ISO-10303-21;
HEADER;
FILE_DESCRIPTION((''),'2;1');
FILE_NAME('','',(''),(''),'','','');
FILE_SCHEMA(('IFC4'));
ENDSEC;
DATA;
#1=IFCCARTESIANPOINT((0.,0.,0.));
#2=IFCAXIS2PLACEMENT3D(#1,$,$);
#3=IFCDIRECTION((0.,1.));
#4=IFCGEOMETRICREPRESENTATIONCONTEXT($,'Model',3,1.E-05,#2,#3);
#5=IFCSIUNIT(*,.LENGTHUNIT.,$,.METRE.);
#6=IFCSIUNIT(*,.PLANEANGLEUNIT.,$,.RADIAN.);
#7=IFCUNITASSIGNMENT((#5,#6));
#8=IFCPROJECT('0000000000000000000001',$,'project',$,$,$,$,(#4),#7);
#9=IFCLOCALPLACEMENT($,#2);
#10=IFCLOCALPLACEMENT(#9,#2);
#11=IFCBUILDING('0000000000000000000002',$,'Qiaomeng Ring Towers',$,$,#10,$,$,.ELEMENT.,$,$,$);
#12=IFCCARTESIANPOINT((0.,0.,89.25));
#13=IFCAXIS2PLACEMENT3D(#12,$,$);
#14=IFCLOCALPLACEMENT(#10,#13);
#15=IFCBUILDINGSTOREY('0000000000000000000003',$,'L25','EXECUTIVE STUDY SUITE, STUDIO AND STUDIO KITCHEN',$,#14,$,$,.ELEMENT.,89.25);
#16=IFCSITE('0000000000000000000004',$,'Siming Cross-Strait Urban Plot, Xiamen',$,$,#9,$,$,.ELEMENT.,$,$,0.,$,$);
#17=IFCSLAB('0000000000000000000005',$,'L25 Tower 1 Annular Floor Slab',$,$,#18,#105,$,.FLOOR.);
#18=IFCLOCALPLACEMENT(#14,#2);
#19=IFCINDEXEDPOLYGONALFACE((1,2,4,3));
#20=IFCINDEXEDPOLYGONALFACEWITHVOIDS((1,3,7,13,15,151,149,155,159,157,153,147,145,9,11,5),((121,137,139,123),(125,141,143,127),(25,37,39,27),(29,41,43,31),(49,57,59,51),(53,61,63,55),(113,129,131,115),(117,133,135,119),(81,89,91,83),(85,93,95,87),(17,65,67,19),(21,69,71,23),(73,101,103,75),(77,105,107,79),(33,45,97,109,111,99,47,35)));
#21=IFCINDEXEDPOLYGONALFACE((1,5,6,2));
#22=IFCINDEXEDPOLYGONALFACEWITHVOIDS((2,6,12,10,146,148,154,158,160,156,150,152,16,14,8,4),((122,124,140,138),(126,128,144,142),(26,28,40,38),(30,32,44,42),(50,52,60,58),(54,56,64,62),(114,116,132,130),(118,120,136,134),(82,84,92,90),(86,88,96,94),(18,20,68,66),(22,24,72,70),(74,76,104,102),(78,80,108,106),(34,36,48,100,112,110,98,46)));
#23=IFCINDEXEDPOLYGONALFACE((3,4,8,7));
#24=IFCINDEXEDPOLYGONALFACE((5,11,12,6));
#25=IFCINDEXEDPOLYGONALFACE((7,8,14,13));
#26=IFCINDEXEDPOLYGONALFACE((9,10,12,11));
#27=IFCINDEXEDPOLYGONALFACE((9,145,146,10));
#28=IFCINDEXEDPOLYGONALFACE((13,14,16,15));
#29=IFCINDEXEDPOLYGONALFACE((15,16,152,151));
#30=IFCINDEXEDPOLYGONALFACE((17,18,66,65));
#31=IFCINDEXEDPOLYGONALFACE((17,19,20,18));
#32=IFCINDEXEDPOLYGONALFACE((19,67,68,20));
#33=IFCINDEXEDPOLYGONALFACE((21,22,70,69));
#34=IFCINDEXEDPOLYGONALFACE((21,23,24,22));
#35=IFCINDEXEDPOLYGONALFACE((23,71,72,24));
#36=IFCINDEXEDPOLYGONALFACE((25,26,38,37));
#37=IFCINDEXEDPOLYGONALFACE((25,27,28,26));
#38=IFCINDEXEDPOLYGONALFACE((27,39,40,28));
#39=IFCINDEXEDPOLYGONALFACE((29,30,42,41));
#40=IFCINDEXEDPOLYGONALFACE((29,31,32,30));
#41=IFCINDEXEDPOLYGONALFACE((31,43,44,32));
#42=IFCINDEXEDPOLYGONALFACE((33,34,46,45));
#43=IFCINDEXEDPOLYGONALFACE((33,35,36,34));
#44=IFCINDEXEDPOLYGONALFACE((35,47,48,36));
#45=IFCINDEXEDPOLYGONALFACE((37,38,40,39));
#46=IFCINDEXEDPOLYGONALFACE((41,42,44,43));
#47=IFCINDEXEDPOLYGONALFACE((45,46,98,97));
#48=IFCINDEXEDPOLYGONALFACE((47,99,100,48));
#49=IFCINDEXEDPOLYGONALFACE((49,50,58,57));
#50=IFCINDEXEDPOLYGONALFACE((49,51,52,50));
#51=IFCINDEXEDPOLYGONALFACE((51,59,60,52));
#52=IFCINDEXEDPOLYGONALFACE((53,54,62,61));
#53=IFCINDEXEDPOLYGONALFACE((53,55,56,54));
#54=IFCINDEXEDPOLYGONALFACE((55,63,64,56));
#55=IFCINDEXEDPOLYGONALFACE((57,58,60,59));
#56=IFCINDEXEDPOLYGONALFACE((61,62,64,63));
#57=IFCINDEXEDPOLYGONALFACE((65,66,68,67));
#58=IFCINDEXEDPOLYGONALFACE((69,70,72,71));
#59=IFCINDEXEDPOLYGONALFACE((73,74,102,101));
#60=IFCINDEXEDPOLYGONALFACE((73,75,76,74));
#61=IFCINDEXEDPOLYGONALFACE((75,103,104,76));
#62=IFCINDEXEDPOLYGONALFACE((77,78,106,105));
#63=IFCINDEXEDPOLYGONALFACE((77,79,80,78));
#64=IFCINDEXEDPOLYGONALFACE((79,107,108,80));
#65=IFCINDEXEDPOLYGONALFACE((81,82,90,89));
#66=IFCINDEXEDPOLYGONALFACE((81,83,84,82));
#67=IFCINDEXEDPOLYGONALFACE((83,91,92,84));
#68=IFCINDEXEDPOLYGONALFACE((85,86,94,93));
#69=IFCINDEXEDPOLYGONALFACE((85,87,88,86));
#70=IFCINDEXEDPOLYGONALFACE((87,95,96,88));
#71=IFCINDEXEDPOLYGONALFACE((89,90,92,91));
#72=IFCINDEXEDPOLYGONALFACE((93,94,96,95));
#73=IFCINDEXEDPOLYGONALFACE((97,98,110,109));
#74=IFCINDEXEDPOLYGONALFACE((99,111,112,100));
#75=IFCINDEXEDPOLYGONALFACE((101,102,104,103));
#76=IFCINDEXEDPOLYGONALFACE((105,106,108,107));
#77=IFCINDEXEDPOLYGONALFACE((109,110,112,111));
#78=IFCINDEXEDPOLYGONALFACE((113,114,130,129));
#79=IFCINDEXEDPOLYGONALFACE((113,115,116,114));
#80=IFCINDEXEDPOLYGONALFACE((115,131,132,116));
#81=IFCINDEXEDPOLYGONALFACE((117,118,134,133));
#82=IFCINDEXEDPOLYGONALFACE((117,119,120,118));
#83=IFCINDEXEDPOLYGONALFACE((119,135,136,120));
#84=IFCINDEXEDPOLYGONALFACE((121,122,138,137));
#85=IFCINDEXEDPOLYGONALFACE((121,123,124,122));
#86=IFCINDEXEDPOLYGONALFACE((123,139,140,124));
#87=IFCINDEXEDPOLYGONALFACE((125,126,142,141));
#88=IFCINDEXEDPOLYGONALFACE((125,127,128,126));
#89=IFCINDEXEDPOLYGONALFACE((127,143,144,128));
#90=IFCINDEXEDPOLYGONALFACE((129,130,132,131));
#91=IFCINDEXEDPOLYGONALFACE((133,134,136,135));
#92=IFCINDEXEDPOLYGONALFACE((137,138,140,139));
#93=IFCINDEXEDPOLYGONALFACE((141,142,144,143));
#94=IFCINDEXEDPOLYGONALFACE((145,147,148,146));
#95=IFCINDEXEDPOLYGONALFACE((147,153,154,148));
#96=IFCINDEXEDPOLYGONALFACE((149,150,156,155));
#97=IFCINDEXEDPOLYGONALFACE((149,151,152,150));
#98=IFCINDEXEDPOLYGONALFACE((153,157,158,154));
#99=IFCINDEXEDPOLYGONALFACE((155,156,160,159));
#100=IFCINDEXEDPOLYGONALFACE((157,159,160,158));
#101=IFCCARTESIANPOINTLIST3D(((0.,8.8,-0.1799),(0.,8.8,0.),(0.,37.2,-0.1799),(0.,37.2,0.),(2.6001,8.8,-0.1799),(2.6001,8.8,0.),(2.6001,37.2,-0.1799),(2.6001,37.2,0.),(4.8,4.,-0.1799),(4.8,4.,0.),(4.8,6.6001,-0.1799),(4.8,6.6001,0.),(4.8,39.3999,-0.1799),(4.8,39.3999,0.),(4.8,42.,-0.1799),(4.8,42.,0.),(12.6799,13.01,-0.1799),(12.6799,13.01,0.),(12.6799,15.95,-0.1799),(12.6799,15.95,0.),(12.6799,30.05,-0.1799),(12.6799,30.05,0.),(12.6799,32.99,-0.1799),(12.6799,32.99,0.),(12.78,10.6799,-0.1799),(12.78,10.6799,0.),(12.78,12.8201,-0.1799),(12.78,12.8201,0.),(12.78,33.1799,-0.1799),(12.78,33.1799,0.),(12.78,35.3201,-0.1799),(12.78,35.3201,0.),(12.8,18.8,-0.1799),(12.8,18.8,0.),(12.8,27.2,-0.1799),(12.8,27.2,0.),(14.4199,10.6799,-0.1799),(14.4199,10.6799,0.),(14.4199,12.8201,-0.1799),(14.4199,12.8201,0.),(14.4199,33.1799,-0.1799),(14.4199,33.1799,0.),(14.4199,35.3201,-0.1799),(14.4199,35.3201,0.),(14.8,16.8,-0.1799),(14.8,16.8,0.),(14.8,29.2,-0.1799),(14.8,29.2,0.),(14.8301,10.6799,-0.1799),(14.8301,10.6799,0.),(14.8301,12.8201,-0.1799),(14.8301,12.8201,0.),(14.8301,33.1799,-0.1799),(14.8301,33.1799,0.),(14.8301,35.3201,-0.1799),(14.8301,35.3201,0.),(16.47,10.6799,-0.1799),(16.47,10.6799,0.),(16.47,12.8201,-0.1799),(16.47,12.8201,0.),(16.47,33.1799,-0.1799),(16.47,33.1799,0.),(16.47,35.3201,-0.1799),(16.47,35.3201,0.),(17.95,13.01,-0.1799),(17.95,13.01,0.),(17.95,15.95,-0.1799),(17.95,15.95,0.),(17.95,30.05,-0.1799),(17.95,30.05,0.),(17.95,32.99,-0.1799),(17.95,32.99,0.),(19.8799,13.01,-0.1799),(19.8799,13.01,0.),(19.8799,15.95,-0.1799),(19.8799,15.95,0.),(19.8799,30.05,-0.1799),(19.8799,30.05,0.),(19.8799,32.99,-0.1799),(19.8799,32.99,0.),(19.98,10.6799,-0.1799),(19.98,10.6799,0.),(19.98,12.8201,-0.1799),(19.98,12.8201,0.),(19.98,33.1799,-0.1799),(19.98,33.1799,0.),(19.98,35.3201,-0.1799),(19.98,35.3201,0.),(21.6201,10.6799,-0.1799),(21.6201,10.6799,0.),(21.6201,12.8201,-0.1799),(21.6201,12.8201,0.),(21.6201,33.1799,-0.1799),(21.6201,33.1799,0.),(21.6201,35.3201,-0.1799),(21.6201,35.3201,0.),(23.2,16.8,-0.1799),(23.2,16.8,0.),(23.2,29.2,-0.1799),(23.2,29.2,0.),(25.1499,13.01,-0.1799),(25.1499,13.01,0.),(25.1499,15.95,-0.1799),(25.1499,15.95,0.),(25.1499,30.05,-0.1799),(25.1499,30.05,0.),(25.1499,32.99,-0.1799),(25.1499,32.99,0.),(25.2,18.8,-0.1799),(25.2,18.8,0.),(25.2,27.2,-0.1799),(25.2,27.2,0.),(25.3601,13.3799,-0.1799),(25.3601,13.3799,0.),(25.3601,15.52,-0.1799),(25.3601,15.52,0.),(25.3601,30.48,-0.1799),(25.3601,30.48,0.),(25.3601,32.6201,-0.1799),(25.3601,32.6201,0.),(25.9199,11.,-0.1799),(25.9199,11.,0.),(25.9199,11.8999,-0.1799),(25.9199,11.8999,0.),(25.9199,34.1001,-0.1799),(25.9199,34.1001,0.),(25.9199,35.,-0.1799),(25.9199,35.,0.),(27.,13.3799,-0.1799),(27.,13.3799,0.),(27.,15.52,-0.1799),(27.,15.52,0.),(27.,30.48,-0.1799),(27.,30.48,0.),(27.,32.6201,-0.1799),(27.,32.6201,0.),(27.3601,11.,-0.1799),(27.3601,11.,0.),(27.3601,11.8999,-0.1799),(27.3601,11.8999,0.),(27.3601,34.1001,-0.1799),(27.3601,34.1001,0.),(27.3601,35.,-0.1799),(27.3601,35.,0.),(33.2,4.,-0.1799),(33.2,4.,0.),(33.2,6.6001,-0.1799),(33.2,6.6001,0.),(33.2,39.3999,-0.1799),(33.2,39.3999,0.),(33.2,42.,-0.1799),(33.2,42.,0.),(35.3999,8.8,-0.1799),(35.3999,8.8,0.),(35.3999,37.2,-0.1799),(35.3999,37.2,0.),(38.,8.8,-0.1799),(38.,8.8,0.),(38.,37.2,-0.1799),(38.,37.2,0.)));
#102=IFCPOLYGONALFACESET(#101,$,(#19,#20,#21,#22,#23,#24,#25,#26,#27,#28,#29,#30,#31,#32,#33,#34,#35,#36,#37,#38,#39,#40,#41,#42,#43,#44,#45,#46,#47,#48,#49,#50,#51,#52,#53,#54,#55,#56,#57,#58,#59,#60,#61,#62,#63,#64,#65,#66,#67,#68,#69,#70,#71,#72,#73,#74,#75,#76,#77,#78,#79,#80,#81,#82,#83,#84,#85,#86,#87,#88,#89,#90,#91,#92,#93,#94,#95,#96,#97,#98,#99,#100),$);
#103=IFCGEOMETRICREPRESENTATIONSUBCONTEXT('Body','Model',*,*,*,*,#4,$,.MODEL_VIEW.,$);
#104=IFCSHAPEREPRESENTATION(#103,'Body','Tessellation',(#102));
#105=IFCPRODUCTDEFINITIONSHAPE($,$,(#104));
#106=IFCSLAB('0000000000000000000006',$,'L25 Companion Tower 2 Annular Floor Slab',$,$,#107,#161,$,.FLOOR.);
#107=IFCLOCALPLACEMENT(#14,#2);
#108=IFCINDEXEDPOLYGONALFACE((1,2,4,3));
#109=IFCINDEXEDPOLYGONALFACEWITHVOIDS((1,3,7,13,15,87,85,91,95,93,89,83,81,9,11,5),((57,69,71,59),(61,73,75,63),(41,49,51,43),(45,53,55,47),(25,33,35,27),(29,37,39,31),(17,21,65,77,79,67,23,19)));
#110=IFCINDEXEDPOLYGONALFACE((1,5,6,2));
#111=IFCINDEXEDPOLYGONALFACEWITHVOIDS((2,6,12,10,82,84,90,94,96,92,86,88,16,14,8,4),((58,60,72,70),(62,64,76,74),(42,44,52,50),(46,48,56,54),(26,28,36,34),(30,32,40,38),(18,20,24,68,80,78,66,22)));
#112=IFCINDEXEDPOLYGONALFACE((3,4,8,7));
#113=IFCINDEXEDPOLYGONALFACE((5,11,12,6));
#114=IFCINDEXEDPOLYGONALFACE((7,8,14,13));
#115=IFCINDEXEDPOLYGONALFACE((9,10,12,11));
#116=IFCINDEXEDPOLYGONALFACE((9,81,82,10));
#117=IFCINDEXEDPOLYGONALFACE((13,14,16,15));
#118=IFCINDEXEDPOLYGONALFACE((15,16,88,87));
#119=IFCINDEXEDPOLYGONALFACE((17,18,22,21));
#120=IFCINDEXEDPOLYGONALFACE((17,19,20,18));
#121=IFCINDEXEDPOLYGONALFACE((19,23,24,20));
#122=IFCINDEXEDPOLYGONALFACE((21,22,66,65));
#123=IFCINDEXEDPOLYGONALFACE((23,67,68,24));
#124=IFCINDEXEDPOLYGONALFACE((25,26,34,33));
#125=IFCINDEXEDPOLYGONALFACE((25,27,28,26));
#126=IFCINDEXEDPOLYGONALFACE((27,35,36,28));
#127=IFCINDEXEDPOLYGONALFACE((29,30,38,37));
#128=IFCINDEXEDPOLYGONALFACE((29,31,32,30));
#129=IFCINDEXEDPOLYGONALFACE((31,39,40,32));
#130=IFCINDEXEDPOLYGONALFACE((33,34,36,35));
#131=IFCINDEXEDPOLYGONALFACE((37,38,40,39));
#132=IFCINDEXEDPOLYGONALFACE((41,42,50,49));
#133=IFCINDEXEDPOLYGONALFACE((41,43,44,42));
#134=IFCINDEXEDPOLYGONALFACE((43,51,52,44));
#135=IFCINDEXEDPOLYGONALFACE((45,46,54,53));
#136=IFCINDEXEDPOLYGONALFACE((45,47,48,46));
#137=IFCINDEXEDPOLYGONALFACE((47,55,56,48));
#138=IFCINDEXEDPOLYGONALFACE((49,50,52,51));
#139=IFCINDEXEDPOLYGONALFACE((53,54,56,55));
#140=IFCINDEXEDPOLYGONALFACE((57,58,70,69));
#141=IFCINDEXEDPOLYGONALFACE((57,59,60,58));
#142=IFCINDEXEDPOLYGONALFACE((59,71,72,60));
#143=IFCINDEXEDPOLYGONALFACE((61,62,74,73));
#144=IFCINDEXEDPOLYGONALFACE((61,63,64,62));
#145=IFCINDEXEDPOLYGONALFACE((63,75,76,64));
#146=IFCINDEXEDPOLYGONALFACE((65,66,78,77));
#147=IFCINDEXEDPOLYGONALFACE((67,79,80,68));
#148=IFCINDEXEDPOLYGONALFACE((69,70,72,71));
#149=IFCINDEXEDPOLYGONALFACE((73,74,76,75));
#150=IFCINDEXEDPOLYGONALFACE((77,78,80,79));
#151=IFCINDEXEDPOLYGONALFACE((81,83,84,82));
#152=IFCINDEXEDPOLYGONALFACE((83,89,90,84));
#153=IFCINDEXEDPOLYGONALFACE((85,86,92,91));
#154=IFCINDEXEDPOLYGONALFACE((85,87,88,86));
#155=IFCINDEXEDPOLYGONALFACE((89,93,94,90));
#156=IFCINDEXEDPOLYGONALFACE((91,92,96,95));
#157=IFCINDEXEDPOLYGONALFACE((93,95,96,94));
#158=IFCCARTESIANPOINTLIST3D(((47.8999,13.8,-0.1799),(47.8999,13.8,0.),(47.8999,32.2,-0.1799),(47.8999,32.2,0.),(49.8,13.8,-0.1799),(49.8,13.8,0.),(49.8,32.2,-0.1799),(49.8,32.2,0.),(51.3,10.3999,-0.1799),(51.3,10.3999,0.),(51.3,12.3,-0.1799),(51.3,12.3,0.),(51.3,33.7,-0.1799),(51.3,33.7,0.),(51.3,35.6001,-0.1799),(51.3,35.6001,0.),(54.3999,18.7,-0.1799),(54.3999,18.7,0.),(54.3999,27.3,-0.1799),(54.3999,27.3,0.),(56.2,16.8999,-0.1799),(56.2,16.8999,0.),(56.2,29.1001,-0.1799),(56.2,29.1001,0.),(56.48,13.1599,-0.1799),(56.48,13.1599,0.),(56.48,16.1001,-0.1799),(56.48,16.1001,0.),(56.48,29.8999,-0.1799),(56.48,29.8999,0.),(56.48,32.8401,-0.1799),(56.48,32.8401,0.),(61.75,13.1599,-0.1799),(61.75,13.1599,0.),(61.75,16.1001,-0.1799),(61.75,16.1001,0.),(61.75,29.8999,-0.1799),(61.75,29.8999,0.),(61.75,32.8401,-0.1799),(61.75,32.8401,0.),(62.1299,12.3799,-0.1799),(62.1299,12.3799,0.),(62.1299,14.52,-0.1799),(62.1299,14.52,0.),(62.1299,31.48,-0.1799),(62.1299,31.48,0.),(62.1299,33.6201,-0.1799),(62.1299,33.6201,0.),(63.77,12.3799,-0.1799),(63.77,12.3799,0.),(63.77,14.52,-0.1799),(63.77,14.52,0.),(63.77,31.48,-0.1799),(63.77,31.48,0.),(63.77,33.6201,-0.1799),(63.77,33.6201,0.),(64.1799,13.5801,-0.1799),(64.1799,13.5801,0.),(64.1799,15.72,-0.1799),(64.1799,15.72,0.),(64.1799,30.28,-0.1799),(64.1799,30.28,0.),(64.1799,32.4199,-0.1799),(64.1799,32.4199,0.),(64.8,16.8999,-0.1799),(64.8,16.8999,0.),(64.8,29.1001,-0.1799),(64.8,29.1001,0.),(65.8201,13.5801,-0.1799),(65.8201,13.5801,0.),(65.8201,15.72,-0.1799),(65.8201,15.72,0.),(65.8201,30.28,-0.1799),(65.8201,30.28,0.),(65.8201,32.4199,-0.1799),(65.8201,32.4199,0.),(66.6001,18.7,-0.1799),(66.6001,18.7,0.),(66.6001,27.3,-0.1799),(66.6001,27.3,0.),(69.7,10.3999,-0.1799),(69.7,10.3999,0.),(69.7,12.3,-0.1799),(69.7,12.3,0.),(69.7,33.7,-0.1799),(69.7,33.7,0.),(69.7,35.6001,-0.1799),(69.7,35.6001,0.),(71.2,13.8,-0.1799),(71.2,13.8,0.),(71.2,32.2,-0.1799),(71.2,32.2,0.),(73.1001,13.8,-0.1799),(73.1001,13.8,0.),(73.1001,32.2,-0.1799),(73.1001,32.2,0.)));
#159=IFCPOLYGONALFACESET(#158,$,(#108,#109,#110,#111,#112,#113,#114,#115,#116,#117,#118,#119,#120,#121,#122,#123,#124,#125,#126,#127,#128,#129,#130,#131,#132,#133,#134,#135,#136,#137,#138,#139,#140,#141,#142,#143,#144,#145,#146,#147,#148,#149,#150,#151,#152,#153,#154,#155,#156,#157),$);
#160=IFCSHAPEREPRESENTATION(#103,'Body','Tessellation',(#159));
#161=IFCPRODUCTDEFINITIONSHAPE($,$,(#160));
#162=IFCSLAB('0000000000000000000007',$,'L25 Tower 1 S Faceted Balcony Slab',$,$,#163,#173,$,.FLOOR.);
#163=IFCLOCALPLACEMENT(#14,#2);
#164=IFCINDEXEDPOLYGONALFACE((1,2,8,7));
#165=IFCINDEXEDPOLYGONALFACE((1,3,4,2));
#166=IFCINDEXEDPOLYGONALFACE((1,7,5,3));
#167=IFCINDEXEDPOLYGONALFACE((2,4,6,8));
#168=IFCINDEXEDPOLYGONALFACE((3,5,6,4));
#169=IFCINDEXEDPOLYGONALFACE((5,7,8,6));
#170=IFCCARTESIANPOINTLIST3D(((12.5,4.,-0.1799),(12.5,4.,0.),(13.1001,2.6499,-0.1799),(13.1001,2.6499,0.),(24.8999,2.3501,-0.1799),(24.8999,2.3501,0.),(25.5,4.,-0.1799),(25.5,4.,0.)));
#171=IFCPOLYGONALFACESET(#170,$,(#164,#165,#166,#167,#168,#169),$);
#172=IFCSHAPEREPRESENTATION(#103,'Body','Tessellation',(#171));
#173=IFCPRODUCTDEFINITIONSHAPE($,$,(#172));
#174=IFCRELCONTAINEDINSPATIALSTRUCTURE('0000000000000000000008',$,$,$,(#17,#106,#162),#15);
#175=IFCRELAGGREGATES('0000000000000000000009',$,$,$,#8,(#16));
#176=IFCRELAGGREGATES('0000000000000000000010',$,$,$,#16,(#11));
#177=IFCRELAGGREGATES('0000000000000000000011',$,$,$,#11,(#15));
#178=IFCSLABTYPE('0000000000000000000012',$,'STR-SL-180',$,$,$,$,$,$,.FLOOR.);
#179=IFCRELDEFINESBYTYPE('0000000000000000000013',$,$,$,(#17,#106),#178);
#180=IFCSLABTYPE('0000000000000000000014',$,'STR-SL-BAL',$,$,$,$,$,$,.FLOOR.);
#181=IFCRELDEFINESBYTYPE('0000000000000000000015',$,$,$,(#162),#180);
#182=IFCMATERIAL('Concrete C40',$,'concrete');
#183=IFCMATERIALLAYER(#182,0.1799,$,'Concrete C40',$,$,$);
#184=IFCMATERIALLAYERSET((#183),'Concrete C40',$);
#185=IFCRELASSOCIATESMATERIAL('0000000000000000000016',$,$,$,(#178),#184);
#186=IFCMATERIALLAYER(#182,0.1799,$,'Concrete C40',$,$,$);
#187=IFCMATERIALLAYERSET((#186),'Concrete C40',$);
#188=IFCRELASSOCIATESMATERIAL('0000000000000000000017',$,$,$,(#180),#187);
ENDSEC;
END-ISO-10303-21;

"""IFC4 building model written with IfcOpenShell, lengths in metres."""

from ifc_helpers import new_model, si_unit, direction, frame, origin, place, context, subcontext, project, spatial, polyline, outline, extrude, material, layer, layer_set, type_object, element, save


model = new_model("IFC4")

# Units and contexts
model_context = context("Model", 3, precision=1e-05, world=origin(), true_north=direction((0.0, 1.0)))
body_context = subcontext(model_context, "Body", "Model", "MODEL_VIEW")
ifc_project = project(units=[si_unit("LENGTHUNIT", "METRE"), si_unit("PLANEANGLEUNIT", "RADIAN")], contexts=[model_context])

# Site, building, storey
site_placement = place(None, origin())
site = spatial("IfcSite", under=ifc_project, at=site_placement, Name="Siming Cross-Strait Urban Plot, Xiamen", CompositionType="ELEMENT", RefElevation=0.0)
building_placement = place(site_placement, origin())
building = spatial("IfcBuilding", under=site, at=building_placement, Name="Qiaomeng Ring Towers", CompositionType="ELEMENT")
storey_placement = place(building_placement, frame((0.0, 0.0, 89.25)))
storey = spatial("IfcBuildingStorey", under=building, at=storey_placement, Name="L25", Description="EXECUTIVE STUDY SUITE, STUDIO AND STUDIO KITCHEN", CompositionType="ELEMENT", Elevation=89.25)

# Slabs
ifc_material_1 = material(Name="Concrete C40", Category="concrete")
ifc_layer_1 = layer(ifc_material_1, 0.1799, Name="Concrete C40")
ifc_layer_set_1 = layer_set([ifc_layer_1], Name="Concrete C40")
slab_type_1 = type_object("IfcSlabType", Name="STR-SL-180", PredefinedType="FLOOR", material=ifc_layer_set_1)
slab_1_placement = place(storey_placement, frame((0.0, 0.0, -0.1799)))
element("IfcSlab", 1, at=slab_1_placement, inside=storey, type_object=slab_type_1, Name="L25 Tower 1 Annular Floor Slab", PredefinedType="FLOOR", context=body_context, shape_type="SweptSolid", body=[
    extrude(outline(polyline([(4.8, 4.0), (33.2, 4.0), (33.2, 6.6001), (35.3999, 8.8), (38.0, 8.8), (38.0, 37.2), (35.3999, 37.2), (33.2, 39.3999), (33.2, 42.0), (4.8, 42.0), (4.8, 39.3999), (2.6001, 37.2), (0.0, 37.2), (0.0, 8.8), (2.6001, 8.8), (4.8, 6.6001), (4.8, 4.0)]), holes=[polyline([(12.78, 10.6799), (12.78, 12.8201), (14.4199, 12.8201), (14.4199, 10.6799), (12.78, 10.6799)]), polyline([(14.8301, 12.8201), (16.47, 12.8201), (16.47, 10.6799), (14.8301, 10.6799), (14.8301, 12.8201)]), polyline([(12.6799, 15.95), (17.95, 15.95), (17.95, 13.01), (12.6799, 13.01), (12.6799, 15.95)]), polyline([(25.2, 27.2), (25.2, 18.8), (23.2, 16.8), (14.8, 16.8), (12.8, 18.8), (12.8, 27.2), (14.8, 29.2), (23.2, 29.2), (25.2, 27.2)]), polyline([(12.6799, 32.99), (17.95, 32.99), (17.95, 30.05), (12.6799, 30.05), (12.6799, 32.99)]), polyline([(12.78, 35.3201), (14.4199, 35.3201), (14.4199, 33.1799), (12.78, 33.1799), (12.78, 35.3201)]), polyline([(14.8301, 35.3201), (16.47, 35.3201), (16.47, 33.1799), (14.8301, 33.1799), (14.8301, 35.3201)]), polyline([(19.98, 35.3201), (21.6201, 35.3201), (21.6201, 33.1799), (19.98, 33.1799), (19.98, 35.3201)]), polyline([(25.9199, 11.8999), (27.3601, 11.8999), (27.3601, 11.0), (25.9199, 11.0), (25.9199, 11.8999)]), polyline([(19.98, 12.8201), (21.6201, 12.8201), (21.6201, 10.6799), (19.98, 10.6799), (19.98, 12.8201)]), polyline([(25.3601, 15.52), (27.0, 15.52), (27.0, 13.3799), (25.3601, 13.3799), (25.3601, 15.52)]), polyline([(19.8799, 15.95), (25.1499, 15.95), (25.1499, 13.01), (19.8799, 13.01), (19.8799, 15.95)]), polyline([(19.8799, 32.99), (25.1499, 32.99), (25.1499, 30.05), (19.8799, 30.05), (19.8799, 32.99)]), polyline([(25.3601, 32.6201), (27.0, 32.6201), (27.0, 30.48), (25.3601, 30.48), (25.3601, 32.6201)]), polyline([(25.9199, 35.0), (27.3601, 35.0), (27.3601, 34.1001), (25.9199, 34.1001), (25.9199, 35.0)])]), origin(), (0.0, 0.0, 1.0), 0.1799),
])
slab_2_placement = place(storey_placement, frame((0.0, 0.0, -0.1799)))
element("IfcSlab", 2, at=slab_2_placement, inside=storey, type_object=slab_type_1, Name="L25 Companion Tower 2 Annular Floor Slab", PredefinedType="FLOOR", context=body_context, shape_type="SweptSolid", body=[
    extrude(outline(polyline([(51.3, 10.3999), (69.7, 10.3999), (69.7, 12.3), (71.2, 13.8), (73.1001, 13.8), (73.1001, 32.2), (71.2, 32.2), (69.7, 33.7), (69.7, 35.6001), (51.3, 35.6001), (51.3, 33.7), (49.8, 32.2), (47.8999, 32.2), (47.8999, 13.8), (49.8, 13.8), (51.3, 12.3), (51.3, 10.3999)]), holes=[polyline([(62.1299, 12.3799), (62.1299, 14.52), (63.77, 14.52), (63.77, 12.3799), (62.1299, 12.3799)]), polyline([(56.48, 13.1599), (56.48, 16.1001), (61.75, 16.1001), (61.75, 13.1599), (56.48, 13.1599)]), polyline([(64.1799, 13.5801), (64.1799, 15.72), (65.8201, 15.72), (65.8201, 13.5801), (64.1799, 13.5801)]), polyline([(64.8, 29.1001), (66.6001, 27.3), (66.6001, 18.7), (64.8, 16.8999), (56.2, 16.8999), (54.3999, 18.7), (54.3999, 27.3), (56.2, 29.1001), (64.8, 29.1001)]), polyline([(64.1799, 30.28), (64.1799, 32.4199), (65.8201, 32.4199), (65.8201, 30.28), (64.1799, 30.28)]), polyline([(56.48, 32.8401), (61.75, 32.8401), (61.75, 29.8999), (56.48, 29.8999), (56.48, 32.8401)]), polyline([(62.1299, 33.6201), (63.77, 33.6201), (63.77, 31.48), (62.1299, 31.48), (62.1299, 33.6201)])]), origin(), (0.0, 0.0, 1.0), 0.1799),
])
ifc_layer_2 = layer(ifc_material_1, 0.1799, Name="Concrete C40")
ifc_layer_set_2 = layer_set([ifc_layer_2], Name="Concrete C40")
slab_type_2 = type_object("IfcSlabType", Name="STR-SL-BAL", PredefinedType="FLOOR", material=ifc_layer_set_2)
slab_3_placement = place(storey_placement, frame((0.0, 0.0, -0.1799)))
element("IfcSlab", 3, at=slab_3_placement, inside=storey, type_object=slab_type_2, Name="L25 Tower 1 S Faceted Balcony Slab", PredefinedType="FLOOR", context=body_context, shape_type="SweptSolid", body=[
    extrude(outline(polyline([(24.8999, 2.3501), (13.1001, 2.6499), (12.5, 4.0), (25.5, 4.0), (24.8999, 2.3501)])), origin(), (0.0, 0.0, 1.0), 0.1799),
])

save(model, "model.ifc")
